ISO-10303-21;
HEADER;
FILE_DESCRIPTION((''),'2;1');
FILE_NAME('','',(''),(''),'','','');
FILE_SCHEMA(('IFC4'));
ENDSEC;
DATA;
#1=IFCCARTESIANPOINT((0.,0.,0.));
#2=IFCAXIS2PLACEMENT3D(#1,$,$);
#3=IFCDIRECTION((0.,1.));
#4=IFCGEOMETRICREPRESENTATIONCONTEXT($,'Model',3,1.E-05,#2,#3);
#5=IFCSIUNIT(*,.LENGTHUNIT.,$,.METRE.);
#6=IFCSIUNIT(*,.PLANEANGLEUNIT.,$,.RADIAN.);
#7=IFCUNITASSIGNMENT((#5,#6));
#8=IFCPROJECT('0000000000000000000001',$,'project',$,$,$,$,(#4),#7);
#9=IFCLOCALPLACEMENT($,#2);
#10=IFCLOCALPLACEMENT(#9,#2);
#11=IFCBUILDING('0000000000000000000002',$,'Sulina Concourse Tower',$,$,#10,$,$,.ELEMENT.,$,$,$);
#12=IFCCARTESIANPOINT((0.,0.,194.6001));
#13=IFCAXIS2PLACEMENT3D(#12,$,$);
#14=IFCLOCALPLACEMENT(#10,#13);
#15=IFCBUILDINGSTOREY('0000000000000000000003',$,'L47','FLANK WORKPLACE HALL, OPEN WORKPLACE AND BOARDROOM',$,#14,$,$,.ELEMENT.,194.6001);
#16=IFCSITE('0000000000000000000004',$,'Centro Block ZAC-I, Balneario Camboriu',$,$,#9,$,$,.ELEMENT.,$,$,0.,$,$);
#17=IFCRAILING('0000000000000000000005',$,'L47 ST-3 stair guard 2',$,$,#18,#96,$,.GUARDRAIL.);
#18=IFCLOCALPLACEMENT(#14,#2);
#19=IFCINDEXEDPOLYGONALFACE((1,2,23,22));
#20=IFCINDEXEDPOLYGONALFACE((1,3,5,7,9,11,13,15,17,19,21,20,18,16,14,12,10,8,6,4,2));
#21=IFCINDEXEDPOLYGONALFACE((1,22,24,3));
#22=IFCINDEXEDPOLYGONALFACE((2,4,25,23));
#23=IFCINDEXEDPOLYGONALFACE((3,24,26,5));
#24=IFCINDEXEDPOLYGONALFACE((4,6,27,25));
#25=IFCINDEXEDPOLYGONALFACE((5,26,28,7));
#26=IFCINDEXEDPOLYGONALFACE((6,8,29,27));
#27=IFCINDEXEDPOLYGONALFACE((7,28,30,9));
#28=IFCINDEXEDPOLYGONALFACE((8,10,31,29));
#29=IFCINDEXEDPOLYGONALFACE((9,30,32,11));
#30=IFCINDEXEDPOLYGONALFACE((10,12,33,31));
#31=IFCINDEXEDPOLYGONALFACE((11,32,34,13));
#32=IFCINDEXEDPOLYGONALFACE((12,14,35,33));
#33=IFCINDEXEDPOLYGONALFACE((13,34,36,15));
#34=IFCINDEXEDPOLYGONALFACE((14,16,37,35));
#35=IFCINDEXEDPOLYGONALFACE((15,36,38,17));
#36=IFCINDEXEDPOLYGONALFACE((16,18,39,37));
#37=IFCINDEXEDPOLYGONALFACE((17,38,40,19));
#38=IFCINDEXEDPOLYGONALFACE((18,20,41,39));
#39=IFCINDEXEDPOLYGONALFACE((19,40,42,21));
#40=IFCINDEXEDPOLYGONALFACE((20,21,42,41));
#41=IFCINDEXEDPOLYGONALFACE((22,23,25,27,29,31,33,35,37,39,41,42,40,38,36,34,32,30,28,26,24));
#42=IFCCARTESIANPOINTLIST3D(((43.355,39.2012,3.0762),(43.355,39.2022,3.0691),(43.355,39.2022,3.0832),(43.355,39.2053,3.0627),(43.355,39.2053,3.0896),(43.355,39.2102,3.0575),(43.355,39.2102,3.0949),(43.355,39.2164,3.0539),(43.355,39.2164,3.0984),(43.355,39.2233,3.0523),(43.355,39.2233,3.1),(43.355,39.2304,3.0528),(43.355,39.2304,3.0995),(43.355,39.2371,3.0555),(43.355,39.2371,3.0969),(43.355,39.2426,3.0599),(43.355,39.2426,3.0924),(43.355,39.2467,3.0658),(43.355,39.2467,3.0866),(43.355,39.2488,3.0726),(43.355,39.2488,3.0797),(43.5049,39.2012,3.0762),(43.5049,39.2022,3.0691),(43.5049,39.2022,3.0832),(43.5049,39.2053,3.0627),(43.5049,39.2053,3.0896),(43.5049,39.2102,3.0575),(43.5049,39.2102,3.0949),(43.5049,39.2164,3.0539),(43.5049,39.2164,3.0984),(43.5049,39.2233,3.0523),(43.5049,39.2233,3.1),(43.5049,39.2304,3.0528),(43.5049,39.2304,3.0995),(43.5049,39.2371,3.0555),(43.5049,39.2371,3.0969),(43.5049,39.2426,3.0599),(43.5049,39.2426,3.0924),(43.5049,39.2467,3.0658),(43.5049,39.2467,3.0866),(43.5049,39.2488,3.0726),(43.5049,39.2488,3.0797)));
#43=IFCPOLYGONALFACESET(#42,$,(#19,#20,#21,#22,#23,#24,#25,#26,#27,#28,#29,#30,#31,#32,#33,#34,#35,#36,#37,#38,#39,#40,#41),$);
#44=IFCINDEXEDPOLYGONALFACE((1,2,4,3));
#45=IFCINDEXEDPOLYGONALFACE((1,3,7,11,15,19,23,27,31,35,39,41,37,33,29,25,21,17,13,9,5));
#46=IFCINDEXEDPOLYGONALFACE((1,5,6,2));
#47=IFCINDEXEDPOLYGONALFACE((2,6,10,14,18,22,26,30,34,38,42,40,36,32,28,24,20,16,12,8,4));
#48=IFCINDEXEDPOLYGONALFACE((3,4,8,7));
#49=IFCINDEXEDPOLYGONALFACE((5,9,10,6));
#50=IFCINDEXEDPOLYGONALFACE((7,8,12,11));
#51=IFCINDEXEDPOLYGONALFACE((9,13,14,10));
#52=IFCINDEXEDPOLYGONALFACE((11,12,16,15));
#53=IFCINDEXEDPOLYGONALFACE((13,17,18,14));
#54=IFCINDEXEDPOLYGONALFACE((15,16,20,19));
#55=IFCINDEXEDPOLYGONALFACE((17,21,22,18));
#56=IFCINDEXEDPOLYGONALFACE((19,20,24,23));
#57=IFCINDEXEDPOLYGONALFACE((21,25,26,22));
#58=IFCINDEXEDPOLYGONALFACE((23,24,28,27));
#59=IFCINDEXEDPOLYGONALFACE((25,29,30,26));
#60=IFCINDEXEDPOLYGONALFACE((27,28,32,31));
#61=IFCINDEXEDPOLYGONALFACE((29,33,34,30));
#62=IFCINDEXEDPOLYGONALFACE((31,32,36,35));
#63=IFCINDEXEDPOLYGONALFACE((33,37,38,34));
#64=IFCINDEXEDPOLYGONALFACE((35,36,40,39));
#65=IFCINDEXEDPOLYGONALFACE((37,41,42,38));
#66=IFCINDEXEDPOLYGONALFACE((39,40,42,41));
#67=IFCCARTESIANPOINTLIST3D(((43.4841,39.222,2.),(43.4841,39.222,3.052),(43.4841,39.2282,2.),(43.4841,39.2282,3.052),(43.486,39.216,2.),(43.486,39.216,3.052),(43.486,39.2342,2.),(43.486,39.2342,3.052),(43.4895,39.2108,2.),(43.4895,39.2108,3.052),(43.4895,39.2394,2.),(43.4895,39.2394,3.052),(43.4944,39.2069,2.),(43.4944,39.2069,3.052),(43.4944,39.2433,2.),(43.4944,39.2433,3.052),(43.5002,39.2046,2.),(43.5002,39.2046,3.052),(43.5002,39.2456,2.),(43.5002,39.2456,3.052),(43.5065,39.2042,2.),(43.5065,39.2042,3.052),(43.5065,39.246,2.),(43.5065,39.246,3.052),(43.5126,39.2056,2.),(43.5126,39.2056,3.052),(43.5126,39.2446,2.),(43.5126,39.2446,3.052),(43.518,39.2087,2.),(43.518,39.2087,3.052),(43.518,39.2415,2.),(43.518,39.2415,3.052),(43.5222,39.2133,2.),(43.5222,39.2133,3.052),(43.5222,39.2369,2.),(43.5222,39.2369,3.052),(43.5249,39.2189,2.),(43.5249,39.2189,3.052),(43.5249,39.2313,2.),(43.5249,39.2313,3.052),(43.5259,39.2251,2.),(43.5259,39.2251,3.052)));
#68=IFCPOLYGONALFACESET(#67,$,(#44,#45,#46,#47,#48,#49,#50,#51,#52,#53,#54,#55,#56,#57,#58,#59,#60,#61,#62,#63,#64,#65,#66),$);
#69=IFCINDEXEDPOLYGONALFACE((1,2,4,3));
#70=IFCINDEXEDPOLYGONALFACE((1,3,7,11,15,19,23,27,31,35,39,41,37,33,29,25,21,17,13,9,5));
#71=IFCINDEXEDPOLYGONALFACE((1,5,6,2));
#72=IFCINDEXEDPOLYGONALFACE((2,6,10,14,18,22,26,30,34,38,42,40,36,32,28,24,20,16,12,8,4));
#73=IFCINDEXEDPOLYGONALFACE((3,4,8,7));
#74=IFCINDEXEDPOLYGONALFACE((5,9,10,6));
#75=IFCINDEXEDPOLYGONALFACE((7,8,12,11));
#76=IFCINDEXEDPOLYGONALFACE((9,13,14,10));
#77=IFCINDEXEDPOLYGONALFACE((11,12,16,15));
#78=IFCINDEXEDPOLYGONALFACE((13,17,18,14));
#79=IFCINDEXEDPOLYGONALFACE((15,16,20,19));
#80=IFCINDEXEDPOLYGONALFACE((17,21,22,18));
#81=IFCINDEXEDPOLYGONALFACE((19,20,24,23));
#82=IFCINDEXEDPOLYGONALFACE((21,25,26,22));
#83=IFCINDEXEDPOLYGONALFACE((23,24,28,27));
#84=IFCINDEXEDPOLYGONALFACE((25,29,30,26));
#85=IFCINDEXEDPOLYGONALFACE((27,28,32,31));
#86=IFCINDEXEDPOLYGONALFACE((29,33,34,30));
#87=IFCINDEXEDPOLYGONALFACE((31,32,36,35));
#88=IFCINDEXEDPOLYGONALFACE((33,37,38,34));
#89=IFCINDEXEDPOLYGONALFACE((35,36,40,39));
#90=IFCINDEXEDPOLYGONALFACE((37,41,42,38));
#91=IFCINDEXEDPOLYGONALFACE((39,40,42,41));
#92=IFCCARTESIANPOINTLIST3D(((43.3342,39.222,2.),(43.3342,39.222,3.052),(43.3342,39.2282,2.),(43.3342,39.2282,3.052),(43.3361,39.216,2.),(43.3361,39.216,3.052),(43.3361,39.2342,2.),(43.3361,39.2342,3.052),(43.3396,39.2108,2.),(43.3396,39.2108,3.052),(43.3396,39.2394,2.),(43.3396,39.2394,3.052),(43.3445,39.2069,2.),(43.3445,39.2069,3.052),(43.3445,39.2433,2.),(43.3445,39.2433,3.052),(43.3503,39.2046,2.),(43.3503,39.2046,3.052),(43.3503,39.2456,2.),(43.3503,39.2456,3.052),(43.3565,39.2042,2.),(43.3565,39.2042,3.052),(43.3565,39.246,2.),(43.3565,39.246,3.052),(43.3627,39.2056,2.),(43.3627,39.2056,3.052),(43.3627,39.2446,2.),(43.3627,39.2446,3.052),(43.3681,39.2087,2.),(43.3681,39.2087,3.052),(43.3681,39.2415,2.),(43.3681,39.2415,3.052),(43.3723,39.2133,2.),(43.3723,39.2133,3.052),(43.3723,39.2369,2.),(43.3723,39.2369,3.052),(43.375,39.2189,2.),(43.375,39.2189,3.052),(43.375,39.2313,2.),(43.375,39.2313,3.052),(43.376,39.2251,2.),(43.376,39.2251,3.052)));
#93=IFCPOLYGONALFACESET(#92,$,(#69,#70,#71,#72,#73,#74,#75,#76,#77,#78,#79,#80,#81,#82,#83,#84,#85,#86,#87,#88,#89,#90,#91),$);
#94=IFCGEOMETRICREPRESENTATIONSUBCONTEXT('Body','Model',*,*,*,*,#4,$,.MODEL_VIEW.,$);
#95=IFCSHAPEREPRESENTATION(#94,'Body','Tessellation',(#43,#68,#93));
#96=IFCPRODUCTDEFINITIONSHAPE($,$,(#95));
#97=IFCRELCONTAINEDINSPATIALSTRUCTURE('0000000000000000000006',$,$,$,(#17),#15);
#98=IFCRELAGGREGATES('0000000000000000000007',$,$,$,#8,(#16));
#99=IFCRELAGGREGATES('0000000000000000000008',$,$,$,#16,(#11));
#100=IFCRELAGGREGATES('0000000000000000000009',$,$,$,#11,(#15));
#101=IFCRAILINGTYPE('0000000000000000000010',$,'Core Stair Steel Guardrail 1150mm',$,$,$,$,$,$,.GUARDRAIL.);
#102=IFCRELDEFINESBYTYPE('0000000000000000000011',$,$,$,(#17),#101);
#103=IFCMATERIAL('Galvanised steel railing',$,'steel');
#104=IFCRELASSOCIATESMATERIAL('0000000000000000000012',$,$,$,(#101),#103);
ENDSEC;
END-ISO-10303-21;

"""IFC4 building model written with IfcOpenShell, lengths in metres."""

from ifc_helpers import new_model, si_unit, direction, frame, origin, origin_2d, place, context, subcontext, project, spatial, circle, extrude, material, type_object, element, save


model = new_model("IFC4")

# Units and contexts
model_context = context("Model", 3, precision=1e-05, world=origin(), true_north=direction((0.0, 1.0)))
body_context = subcontext(model_context, "Body", "Model", "MODEL_VIEW")
ifc_project = project(units=[si_unit("LENGTHUNIT", "METRE"), si_unit("PLANEANGLEUNIT", "RADIAN")], contexts=[model_context])

# Site, building, storey
site_placement = place(None, origin())
site = spatial("IfcSite", under=ifc_project, at=site_placement, Name="Centro Block ZAC-I, Balneario Camboriu", CompositionType="ELEMENT", RefElevation=0.0)
building_placement = place(site_placement, origin())
building = spatial("IfcBuilding", under=site, at=building_placement, Name="Sulina Concourse Tower", CompositionType="ELEMENT")
storey_placement = place(building_placement, frame((0.0, 0.0, 194.6001)))
storey = spatial("IfcBuildingStorey", under=building, at=storey_placement, Name="L47", Description="FLANK WORKPLACE HALL, OPEN WORKPLACE AND BOARDROOM", CompositionType="ELEMENT", Elevation=194.6001)

# Railing
ifc_material_1 = material(Name="Galvanised steel railing", Category="steel")
railing_type_1 = type_object("IfcRailingType", Name="Core Stair Steel Guardrail 1150mm", PredefinedType="GUARDRAIL", material=ifc_material_1)
railing_1_placement = place(storey_placement, frame((43.5049, 39.2251, 2.0)))
element("IfcRailing", 1, at=railing_1_placement, inside=storey, type_object=railing_type_1, Name="L47 ST-3 stair guard 2", PredefinedType="GUARDRAIL", context=body_context, shape_type="SweptSolid", body=[
    extrude(circle(Radius=0.0239, at=origin_2d()), frame((0.0, 0.0, 1.0762), z_axis=(-1.0, 0.0, 0.0), x_axis=(0.0, -1.0, 0.0)), (0.0, 0.0, 1.0), 0.1499),
    extrude(circle(Radius=0.021, at=origin_2d()), origin(), (0.0, 0.0, 1.0), 1.052),
    extrude(circle(Radius=0.021, at=origin_2d()), frame((-0.1499, 0.0, 0.0)), (0.0, 0.0, 1.0), 1.052),
])

save(model, "model.ifc")
